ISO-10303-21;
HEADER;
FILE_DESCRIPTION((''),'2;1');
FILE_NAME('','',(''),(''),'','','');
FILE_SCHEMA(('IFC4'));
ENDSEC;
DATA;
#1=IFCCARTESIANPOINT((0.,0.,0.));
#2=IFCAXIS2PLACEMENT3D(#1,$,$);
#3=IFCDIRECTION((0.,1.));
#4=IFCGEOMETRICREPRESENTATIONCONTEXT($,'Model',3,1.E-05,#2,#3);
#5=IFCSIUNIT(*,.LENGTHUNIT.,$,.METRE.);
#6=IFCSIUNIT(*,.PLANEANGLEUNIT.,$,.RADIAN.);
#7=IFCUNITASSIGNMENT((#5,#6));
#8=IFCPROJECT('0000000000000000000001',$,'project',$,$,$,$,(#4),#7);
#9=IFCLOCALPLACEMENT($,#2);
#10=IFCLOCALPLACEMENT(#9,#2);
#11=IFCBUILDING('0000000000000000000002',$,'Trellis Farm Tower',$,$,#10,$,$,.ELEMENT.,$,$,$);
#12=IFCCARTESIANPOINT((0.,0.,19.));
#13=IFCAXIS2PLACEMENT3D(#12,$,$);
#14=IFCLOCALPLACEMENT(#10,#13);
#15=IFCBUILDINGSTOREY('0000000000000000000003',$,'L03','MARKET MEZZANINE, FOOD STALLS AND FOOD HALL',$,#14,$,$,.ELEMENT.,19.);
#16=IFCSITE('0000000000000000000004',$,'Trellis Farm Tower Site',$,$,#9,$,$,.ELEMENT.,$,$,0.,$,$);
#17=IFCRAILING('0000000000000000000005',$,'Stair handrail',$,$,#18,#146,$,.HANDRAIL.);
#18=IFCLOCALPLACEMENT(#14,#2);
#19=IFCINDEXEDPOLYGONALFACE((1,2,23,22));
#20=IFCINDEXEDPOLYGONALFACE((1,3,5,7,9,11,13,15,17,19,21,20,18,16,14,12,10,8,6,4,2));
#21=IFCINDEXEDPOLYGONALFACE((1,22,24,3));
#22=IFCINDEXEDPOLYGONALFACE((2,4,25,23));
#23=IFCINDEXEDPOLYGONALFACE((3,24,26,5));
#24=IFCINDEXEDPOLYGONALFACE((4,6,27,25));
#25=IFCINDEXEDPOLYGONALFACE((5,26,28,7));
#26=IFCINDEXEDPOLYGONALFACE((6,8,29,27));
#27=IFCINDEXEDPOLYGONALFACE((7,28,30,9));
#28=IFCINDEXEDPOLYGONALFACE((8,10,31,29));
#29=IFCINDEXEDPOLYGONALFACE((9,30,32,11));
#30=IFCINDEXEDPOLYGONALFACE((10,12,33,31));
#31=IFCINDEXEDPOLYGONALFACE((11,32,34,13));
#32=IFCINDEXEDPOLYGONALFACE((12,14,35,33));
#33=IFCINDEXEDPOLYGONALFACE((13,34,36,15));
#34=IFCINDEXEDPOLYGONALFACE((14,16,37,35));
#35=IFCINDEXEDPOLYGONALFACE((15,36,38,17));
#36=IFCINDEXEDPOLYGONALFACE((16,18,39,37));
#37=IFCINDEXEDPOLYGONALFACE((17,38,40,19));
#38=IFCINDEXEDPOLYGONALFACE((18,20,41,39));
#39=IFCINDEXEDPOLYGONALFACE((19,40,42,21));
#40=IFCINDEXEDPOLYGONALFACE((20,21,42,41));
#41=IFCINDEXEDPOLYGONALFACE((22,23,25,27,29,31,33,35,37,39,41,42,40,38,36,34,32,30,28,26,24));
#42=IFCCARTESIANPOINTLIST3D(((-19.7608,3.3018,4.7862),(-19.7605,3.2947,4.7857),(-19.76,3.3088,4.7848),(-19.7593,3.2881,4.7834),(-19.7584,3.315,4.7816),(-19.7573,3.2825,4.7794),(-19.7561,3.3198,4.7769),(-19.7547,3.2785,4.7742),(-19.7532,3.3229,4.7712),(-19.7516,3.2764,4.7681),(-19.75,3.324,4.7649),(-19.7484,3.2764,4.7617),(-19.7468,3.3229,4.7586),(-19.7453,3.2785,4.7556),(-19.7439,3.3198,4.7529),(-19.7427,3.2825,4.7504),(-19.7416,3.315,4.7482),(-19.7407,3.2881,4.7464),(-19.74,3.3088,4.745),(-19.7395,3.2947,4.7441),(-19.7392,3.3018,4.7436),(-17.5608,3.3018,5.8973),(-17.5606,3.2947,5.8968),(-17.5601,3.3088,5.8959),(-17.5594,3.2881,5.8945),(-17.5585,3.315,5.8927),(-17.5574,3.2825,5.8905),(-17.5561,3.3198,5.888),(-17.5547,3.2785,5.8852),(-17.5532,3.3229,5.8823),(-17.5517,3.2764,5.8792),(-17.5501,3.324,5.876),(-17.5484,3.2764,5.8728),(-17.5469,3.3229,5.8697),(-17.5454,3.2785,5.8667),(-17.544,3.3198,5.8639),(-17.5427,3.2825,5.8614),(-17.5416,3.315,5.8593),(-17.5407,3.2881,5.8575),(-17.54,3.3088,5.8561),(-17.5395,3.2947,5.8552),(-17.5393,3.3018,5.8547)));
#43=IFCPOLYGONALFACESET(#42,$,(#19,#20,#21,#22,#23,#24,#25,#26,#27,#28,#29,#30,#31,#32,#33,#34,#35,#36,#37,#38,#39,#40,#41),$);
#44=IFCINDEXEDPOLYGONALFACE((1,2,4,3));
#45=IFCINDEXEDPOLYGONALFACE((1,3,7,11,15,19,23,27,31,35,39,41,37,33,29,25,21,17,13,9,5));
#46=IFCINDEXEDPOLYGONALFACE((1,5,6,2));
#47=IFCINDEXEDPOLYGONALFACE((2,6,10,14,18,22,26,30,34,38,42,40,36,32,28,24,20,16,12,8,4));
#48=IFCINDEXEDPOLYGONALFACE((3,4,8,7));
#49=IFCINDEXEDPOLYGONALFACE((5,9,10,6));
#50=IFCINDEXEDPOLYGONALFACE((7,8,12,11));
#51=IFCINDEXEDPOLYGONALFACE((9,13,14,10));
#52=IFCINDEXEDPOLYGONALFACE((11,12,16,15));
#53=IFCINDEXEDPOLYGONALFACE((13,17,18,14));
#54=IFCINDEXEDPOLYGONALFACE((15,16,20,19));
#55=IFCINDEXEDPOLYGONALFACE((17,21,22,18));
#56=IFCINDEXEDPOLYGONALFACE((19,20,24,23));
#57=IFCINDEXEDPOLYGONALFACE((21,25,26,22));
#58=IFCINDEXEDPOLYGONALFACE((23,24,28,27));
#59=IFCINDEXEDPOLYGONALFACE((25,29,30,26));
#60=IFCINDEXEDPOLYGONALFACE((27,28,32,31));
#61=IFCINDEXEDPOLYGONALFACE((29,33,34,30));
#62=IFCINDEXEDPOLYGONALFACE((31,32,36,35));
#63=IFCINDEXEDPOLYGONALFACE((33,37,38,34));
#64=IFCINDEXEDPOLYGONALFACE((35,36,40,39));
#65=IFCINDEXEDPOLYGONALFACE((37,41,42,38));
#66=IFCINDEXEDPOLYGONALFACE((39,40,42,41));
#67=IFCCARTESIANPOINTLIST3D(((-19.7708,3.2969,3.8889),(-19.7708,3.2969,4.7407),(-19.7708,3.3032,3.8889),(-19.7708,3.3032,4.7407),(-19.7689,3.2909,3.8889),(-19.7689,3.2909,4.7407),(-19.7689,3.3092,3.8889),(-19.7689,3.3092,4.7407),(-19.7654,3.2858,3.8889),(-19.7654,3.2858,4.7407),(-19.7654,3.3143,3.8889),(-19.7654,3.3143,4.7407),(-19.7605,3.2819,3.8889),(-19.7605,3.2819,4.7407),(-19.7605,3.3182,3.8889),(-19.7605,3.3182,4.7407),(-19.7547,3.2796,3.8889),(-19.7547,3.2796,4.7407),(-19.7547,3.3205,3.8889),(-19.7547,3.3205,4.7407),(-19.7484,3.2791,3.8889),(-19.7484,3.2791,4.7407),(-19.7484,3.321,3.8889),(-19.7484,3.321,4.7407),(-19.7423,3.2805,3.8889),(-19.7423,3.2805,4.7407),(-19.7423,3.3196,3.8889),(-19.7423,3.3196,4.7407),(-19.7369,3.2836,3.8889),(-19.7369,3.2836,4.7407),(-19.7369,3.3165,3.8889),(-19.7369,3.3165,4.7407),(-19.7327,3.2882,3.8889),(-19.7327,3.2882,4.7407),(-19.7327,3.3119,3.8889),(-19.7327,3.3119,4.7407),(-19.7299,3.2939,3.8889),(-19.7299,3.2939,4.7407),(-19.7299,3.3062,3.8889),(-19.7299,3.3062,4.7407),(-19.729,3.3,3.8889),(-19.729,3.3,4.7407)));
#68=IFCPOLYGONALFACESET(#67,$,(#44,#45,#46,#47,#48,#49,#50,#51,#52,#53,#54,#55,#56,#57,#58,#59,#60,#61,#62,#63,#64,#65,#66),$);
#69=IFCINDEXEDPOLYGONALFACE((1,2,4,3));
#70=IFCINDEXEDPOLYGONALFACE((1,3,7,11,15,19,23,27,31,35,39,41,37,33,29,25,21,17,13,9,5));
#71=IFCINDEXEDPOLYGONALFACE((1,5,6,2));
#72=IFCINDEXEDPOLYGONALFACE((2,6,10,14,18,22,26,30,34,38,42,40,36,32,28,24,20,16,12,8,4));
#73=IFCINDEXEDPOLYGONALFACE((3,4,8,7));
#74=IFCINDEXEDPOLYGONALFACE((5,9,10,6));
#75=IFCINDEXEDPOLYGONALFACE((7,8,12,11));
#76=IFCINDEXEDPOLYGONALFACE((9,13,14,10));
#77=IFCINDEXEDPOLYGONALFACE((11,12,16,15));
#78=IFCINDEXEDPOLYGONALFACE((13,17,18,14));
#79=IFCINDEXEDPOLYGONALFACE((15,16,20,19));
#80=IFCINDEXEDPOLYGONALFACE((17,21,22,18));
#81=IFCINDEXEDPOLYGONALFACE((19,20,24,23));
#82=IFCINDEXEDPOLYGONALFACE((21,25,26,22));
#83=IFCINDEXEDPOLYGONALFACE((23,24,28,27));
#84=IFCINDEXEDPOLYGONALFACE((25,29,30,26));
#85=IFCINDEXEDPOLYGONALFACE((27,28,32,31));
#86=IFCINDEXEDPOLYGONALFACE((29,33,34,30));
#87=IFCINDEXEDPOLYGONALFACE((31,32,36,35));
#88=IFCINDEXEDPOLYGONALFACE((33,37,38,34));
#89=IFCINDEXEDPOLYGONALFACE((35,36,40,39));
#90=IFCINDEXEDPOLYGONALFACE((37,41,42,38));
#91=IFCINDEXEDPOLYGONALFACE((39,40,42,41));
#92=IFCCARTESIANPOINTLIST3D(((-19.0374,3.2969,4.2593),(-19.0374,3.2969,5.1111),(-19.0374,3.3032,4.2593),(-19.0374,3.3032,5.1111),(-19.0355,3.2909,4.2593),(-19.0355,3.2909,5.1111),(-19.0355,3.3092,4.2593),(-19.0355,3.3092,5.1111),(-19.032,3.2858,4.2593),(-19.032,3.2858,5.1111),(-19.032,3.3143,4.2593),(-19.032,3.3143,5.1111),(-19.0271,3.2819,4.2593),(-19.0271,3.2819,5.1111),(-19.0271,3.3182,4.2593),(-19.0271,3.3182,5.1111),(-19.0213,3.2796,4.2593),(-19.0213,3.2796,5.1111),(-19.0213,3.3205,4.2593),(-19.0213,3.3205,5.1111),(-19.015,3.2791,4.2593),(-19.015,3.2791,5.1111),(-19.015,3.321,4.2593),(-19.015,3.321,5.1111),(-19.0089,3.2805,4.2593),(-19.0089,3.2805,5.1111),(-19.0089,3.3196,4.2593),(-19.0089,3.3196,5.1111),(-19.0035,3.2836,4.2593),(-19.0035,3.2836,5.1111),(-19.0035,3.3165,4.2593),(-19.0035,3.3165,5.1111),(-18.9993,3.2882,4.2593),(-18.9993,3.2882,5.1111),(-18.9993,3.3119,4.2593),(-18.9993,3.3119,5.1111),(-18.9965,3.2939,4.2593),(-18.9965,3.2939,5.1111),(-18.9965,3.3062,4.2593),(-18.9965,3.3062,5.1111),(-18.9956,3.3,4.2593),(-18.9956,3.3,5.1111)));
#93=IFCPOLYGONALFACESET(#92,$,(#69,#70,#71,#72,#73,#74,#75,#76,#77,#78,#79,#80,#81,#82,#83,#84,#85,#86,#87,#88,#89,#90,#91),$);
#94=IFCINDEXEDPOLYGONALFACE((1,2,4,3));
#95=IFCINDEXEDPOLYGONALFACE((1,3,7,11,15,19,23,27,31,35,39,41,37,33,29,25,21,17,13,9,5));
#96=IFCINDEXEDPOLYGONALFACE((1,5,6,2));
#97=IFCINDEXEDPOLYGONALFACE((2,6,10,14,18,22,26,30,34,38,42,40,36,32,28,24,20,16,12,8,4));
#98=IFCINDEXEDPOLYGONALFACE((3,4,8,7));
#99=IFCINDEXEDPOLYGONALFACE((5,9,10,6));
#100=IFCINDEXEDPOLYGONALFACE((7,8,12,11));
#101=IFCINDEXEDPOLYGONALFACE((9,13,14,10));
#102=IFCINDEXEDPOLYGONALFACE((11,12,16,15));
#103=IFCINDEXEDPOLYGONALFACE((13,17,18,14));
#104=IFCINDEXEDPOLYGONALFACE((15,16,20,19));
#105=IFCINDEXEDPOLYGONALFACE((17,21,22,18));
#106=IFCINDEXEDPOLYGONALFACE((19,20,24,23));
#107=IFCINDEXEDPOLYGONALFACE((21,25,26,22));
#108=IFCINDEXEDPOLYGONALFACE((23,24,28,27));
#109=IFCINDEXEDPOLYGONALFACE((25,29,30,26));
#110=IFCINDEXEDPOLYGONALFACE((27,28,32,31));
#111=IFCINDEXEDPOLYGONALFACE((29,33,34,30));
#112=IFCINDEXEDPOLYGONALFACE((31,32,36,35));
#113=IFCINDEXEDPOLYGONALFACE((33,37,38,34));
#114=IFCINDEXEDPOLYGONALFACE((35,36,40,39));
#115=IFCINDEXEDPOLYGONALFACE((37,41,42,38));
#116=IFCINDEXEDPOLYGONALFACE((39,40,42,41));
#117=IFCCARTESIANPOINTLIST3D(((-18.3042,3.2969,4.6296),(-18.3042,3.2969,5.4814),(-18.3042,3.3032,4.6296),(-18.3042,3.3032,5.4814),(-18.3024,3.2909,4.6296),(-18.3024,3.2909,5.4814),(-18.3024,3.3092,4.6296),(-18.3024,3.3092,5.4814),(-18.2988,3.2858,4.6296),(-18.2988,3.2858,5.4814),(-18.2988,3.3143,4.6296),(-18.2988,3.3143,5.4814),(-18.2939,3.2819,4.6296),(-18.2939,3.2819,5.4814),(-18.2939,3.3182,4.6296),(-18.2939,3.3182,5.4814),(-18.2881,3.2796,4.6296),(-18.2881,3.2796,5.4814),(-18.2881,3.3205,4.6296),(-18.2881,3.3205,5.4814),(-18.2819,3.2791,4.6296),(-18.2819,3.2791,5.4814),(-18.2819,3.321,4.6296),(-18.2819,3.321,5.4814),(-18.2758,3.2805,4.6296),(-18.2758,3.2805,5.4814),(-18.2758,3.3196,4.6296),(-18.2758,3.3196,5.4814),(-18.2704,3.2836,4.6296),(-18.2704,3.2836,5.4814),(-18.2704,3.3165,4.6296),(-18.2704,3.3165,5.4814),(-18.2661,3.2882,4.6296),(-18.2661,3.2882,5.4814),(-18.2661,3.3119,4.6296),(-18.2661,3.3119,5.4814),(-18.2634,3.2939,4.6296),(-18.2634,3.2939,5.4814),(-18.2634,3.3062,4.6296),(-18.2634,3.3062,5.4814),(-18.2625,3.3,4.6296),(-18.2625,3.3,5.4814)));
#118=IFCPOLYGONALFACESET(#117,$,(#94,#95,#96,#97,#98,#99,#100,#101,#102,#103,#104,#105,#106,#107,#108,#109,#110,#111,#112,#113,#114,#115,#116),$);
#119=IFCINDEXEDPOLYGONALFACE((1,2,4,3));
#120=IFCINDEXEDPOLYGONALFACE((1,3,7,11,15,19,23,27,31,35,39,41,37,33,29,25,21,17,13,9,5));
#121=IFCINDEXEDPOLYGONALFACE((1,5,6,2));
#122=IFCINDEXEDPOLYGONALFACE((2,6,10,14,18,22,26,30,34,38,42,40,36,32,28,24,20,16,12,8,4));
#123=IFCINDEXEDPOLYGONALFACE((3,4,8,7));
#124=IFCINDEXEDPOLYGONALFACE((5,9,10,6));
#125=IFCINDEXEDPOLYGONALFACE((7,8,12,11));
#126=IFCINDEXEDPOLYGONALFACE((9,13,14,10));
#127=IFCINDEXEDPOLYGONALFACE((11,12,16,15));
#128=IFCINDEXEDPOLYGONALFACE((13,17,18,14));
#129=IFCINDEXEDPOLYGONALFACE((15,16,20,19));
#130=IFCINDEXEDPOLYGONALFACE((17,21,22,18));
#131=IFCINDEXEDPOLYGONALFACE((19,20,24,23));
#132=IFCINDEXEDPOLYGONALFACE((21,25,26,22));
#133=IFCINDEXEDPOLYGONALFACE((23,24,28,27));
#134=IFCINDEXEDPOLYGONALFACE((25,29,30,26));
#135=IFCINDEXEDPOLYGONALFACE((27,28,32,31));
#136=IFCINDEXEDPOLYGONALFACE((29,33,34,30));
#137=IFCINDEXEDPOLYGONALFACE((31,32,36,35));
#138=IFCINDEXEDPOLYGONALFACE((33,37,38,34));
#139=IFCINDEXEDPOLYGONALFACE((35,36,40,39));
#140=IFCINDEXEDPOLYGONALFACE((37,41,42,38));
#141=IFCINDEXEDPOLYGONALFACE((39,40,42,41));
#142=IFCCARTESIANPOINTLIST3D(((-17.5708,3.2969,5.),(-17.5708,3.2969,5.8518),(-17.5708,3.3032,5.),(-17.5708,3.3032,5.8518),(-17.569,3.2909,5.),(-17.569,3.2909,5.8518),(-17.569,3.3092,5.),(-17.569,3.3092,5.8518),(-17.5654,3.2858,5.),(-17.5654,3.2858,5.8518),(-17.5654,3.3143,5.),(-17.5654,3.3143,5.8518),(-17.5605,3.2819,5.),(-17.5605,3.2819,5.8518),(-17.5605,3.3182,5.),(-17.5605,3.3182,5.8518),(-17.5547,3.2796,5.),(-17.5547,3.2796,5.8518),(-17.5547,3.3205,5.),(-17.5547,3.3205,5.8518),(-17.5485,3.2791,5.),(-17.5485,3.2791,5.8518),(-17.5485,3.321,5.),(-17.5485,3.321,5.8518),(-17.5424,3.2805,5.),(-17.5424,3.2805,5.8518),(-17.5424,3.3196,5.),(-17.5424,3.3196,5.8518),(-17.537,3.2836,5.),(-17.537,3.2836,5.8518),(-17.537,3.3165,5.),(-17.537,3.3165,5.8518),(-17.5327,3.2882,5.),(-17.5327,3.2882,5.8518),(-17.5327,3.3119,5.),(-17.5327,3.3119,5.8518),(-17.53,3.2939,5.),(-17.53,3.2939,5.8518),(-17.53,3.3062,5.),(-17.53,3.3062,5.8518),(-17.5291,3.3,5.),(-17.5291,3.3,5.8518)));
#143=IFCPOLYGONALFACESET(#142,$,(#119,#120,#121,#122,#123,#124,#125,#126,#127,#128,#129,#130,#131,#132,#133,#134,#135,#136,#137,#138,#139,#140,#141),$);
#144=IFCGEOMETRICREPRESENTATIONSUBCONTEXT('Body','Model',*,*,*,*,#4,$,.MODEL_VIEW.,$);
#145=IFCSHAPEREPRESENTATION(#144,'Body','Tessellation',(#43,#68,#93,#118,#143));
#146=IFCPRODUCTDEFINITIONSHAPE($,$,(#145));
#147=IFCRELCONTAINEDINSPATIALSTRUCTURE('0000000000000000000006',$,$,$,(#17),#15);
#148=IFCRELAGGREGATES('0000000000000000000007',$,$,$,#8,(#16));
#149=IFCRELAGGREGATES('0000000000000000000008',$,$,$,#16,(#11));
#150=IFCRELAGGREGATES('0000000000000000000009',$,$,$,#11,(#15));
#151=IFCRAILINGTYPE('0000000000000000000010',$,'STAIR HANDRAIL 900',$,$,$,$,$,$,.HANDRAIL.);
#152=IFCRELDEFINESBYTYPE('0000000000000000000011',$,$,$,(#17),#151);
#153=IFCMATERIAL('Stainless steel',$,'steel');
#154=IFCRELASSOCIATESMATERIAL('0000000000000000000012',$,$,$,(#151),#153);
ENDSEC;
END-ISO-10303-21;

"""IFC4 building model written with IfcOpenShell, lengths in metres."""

from ifc_helpers import new_model, si_unit, direction, frame, origin, origin_2d, place, context, subcontext, project, spatial, circle, extrude, source, transform, mapped, material, type_object, element, save


model = new_model("IFC4")

# Units and contexts
model_context = context("Model", 3, precision=1e-05, world=origin(), true_north=direction((0.0, 1.0)))
body_context = subcontext(model_context, "Body", "Model", "MODEL_VIEW")
ifc_project = project(units=[si_unit("LENGTHUNIT", "METRE"), si_unit("PLANEANGLEUNIT", "RADIAN")], contexts=[model_context])

# Site, building, storey
site_placement = place(None, origin())
site = spatial("IfcSite", under=ifc_project, at=site_placement, Name="Trellis Farm Tower Site", CompositionType="ELEMENT", RefElevation=0.0)
building_placement = place(site_placement, origin())
building = spatial("IfcBuilding", under=site, at=building_placement, Name="Trellis Farm Tower", CompositionType="ELEMENT")
storey_placement = place(building_placement, frame((0.0, 0.0, 19.0)))
storey = spatial("IfcBuildingStorey", under=building, at=storey_placement, Name="L03", Description="MARKET MEZZANINE, FOOD STALLS AND FOOD HALL", CompositionType="ELEMENT", Elevation=19.0)

# Railing
ifc_material_1 = material(Name="Stainless steel", Category="steel")
railing_type = type_object("IfcRailingType", Name="STAIR HANDRAIL 900", PredefinedType="HANDRAIL", material=ifc_material_1)
shared_shape_1 = source(origin(), body_context, "Body", "SweptSolid", [
    extrude(circle(Radius=0.0239, at=origin_2d()), frame((0.0, 0.0, 0.876), z_axis=(0.892617, 0.0, 0.450816), x_axis=(0.0, 1.0, 0.0)), (0.0, 0.0, 1.0), 2.4646),
    extrude(circle(Radius=0.021, at=origin_2d()), origin(), (0.0, 0.0, 1.0), 0.8518),
    extrude(circle(Radius=0.021, at=origin_2d()), frame((0.7334, 0.0, 0.3704)), (0.0, 0.0, 1.0), 0.8518),
    extrude(circle(Radius=0.021, at=origin_2d()), frame((1.4666, 0.0, 0.7407)), (0.0, 0.0, 1.0), 0.8518),
    extrude(circle(Radius=0.021, at=origin_2d()), frame((2.2, 0.0, 1.1111)), (0.0, 0.0, 1.0), 0.8518),
])
for number, where, name in (
    (1, (-19.75, 3.3, 3.8889), "Stair handrail"),
):
    element("IfcRailing", number, at=place(storey_placement, frame(where)), inside=storey, type_object=railing_type, Name=name, PredefinedType="HANDRAIL", context=body_context, shape_type="MappedRepresentation", body=[
        mapped(shared_shape_1, transform((0.0, 0.0, 0.0))),
    ])

save(model, "model.ifc")
